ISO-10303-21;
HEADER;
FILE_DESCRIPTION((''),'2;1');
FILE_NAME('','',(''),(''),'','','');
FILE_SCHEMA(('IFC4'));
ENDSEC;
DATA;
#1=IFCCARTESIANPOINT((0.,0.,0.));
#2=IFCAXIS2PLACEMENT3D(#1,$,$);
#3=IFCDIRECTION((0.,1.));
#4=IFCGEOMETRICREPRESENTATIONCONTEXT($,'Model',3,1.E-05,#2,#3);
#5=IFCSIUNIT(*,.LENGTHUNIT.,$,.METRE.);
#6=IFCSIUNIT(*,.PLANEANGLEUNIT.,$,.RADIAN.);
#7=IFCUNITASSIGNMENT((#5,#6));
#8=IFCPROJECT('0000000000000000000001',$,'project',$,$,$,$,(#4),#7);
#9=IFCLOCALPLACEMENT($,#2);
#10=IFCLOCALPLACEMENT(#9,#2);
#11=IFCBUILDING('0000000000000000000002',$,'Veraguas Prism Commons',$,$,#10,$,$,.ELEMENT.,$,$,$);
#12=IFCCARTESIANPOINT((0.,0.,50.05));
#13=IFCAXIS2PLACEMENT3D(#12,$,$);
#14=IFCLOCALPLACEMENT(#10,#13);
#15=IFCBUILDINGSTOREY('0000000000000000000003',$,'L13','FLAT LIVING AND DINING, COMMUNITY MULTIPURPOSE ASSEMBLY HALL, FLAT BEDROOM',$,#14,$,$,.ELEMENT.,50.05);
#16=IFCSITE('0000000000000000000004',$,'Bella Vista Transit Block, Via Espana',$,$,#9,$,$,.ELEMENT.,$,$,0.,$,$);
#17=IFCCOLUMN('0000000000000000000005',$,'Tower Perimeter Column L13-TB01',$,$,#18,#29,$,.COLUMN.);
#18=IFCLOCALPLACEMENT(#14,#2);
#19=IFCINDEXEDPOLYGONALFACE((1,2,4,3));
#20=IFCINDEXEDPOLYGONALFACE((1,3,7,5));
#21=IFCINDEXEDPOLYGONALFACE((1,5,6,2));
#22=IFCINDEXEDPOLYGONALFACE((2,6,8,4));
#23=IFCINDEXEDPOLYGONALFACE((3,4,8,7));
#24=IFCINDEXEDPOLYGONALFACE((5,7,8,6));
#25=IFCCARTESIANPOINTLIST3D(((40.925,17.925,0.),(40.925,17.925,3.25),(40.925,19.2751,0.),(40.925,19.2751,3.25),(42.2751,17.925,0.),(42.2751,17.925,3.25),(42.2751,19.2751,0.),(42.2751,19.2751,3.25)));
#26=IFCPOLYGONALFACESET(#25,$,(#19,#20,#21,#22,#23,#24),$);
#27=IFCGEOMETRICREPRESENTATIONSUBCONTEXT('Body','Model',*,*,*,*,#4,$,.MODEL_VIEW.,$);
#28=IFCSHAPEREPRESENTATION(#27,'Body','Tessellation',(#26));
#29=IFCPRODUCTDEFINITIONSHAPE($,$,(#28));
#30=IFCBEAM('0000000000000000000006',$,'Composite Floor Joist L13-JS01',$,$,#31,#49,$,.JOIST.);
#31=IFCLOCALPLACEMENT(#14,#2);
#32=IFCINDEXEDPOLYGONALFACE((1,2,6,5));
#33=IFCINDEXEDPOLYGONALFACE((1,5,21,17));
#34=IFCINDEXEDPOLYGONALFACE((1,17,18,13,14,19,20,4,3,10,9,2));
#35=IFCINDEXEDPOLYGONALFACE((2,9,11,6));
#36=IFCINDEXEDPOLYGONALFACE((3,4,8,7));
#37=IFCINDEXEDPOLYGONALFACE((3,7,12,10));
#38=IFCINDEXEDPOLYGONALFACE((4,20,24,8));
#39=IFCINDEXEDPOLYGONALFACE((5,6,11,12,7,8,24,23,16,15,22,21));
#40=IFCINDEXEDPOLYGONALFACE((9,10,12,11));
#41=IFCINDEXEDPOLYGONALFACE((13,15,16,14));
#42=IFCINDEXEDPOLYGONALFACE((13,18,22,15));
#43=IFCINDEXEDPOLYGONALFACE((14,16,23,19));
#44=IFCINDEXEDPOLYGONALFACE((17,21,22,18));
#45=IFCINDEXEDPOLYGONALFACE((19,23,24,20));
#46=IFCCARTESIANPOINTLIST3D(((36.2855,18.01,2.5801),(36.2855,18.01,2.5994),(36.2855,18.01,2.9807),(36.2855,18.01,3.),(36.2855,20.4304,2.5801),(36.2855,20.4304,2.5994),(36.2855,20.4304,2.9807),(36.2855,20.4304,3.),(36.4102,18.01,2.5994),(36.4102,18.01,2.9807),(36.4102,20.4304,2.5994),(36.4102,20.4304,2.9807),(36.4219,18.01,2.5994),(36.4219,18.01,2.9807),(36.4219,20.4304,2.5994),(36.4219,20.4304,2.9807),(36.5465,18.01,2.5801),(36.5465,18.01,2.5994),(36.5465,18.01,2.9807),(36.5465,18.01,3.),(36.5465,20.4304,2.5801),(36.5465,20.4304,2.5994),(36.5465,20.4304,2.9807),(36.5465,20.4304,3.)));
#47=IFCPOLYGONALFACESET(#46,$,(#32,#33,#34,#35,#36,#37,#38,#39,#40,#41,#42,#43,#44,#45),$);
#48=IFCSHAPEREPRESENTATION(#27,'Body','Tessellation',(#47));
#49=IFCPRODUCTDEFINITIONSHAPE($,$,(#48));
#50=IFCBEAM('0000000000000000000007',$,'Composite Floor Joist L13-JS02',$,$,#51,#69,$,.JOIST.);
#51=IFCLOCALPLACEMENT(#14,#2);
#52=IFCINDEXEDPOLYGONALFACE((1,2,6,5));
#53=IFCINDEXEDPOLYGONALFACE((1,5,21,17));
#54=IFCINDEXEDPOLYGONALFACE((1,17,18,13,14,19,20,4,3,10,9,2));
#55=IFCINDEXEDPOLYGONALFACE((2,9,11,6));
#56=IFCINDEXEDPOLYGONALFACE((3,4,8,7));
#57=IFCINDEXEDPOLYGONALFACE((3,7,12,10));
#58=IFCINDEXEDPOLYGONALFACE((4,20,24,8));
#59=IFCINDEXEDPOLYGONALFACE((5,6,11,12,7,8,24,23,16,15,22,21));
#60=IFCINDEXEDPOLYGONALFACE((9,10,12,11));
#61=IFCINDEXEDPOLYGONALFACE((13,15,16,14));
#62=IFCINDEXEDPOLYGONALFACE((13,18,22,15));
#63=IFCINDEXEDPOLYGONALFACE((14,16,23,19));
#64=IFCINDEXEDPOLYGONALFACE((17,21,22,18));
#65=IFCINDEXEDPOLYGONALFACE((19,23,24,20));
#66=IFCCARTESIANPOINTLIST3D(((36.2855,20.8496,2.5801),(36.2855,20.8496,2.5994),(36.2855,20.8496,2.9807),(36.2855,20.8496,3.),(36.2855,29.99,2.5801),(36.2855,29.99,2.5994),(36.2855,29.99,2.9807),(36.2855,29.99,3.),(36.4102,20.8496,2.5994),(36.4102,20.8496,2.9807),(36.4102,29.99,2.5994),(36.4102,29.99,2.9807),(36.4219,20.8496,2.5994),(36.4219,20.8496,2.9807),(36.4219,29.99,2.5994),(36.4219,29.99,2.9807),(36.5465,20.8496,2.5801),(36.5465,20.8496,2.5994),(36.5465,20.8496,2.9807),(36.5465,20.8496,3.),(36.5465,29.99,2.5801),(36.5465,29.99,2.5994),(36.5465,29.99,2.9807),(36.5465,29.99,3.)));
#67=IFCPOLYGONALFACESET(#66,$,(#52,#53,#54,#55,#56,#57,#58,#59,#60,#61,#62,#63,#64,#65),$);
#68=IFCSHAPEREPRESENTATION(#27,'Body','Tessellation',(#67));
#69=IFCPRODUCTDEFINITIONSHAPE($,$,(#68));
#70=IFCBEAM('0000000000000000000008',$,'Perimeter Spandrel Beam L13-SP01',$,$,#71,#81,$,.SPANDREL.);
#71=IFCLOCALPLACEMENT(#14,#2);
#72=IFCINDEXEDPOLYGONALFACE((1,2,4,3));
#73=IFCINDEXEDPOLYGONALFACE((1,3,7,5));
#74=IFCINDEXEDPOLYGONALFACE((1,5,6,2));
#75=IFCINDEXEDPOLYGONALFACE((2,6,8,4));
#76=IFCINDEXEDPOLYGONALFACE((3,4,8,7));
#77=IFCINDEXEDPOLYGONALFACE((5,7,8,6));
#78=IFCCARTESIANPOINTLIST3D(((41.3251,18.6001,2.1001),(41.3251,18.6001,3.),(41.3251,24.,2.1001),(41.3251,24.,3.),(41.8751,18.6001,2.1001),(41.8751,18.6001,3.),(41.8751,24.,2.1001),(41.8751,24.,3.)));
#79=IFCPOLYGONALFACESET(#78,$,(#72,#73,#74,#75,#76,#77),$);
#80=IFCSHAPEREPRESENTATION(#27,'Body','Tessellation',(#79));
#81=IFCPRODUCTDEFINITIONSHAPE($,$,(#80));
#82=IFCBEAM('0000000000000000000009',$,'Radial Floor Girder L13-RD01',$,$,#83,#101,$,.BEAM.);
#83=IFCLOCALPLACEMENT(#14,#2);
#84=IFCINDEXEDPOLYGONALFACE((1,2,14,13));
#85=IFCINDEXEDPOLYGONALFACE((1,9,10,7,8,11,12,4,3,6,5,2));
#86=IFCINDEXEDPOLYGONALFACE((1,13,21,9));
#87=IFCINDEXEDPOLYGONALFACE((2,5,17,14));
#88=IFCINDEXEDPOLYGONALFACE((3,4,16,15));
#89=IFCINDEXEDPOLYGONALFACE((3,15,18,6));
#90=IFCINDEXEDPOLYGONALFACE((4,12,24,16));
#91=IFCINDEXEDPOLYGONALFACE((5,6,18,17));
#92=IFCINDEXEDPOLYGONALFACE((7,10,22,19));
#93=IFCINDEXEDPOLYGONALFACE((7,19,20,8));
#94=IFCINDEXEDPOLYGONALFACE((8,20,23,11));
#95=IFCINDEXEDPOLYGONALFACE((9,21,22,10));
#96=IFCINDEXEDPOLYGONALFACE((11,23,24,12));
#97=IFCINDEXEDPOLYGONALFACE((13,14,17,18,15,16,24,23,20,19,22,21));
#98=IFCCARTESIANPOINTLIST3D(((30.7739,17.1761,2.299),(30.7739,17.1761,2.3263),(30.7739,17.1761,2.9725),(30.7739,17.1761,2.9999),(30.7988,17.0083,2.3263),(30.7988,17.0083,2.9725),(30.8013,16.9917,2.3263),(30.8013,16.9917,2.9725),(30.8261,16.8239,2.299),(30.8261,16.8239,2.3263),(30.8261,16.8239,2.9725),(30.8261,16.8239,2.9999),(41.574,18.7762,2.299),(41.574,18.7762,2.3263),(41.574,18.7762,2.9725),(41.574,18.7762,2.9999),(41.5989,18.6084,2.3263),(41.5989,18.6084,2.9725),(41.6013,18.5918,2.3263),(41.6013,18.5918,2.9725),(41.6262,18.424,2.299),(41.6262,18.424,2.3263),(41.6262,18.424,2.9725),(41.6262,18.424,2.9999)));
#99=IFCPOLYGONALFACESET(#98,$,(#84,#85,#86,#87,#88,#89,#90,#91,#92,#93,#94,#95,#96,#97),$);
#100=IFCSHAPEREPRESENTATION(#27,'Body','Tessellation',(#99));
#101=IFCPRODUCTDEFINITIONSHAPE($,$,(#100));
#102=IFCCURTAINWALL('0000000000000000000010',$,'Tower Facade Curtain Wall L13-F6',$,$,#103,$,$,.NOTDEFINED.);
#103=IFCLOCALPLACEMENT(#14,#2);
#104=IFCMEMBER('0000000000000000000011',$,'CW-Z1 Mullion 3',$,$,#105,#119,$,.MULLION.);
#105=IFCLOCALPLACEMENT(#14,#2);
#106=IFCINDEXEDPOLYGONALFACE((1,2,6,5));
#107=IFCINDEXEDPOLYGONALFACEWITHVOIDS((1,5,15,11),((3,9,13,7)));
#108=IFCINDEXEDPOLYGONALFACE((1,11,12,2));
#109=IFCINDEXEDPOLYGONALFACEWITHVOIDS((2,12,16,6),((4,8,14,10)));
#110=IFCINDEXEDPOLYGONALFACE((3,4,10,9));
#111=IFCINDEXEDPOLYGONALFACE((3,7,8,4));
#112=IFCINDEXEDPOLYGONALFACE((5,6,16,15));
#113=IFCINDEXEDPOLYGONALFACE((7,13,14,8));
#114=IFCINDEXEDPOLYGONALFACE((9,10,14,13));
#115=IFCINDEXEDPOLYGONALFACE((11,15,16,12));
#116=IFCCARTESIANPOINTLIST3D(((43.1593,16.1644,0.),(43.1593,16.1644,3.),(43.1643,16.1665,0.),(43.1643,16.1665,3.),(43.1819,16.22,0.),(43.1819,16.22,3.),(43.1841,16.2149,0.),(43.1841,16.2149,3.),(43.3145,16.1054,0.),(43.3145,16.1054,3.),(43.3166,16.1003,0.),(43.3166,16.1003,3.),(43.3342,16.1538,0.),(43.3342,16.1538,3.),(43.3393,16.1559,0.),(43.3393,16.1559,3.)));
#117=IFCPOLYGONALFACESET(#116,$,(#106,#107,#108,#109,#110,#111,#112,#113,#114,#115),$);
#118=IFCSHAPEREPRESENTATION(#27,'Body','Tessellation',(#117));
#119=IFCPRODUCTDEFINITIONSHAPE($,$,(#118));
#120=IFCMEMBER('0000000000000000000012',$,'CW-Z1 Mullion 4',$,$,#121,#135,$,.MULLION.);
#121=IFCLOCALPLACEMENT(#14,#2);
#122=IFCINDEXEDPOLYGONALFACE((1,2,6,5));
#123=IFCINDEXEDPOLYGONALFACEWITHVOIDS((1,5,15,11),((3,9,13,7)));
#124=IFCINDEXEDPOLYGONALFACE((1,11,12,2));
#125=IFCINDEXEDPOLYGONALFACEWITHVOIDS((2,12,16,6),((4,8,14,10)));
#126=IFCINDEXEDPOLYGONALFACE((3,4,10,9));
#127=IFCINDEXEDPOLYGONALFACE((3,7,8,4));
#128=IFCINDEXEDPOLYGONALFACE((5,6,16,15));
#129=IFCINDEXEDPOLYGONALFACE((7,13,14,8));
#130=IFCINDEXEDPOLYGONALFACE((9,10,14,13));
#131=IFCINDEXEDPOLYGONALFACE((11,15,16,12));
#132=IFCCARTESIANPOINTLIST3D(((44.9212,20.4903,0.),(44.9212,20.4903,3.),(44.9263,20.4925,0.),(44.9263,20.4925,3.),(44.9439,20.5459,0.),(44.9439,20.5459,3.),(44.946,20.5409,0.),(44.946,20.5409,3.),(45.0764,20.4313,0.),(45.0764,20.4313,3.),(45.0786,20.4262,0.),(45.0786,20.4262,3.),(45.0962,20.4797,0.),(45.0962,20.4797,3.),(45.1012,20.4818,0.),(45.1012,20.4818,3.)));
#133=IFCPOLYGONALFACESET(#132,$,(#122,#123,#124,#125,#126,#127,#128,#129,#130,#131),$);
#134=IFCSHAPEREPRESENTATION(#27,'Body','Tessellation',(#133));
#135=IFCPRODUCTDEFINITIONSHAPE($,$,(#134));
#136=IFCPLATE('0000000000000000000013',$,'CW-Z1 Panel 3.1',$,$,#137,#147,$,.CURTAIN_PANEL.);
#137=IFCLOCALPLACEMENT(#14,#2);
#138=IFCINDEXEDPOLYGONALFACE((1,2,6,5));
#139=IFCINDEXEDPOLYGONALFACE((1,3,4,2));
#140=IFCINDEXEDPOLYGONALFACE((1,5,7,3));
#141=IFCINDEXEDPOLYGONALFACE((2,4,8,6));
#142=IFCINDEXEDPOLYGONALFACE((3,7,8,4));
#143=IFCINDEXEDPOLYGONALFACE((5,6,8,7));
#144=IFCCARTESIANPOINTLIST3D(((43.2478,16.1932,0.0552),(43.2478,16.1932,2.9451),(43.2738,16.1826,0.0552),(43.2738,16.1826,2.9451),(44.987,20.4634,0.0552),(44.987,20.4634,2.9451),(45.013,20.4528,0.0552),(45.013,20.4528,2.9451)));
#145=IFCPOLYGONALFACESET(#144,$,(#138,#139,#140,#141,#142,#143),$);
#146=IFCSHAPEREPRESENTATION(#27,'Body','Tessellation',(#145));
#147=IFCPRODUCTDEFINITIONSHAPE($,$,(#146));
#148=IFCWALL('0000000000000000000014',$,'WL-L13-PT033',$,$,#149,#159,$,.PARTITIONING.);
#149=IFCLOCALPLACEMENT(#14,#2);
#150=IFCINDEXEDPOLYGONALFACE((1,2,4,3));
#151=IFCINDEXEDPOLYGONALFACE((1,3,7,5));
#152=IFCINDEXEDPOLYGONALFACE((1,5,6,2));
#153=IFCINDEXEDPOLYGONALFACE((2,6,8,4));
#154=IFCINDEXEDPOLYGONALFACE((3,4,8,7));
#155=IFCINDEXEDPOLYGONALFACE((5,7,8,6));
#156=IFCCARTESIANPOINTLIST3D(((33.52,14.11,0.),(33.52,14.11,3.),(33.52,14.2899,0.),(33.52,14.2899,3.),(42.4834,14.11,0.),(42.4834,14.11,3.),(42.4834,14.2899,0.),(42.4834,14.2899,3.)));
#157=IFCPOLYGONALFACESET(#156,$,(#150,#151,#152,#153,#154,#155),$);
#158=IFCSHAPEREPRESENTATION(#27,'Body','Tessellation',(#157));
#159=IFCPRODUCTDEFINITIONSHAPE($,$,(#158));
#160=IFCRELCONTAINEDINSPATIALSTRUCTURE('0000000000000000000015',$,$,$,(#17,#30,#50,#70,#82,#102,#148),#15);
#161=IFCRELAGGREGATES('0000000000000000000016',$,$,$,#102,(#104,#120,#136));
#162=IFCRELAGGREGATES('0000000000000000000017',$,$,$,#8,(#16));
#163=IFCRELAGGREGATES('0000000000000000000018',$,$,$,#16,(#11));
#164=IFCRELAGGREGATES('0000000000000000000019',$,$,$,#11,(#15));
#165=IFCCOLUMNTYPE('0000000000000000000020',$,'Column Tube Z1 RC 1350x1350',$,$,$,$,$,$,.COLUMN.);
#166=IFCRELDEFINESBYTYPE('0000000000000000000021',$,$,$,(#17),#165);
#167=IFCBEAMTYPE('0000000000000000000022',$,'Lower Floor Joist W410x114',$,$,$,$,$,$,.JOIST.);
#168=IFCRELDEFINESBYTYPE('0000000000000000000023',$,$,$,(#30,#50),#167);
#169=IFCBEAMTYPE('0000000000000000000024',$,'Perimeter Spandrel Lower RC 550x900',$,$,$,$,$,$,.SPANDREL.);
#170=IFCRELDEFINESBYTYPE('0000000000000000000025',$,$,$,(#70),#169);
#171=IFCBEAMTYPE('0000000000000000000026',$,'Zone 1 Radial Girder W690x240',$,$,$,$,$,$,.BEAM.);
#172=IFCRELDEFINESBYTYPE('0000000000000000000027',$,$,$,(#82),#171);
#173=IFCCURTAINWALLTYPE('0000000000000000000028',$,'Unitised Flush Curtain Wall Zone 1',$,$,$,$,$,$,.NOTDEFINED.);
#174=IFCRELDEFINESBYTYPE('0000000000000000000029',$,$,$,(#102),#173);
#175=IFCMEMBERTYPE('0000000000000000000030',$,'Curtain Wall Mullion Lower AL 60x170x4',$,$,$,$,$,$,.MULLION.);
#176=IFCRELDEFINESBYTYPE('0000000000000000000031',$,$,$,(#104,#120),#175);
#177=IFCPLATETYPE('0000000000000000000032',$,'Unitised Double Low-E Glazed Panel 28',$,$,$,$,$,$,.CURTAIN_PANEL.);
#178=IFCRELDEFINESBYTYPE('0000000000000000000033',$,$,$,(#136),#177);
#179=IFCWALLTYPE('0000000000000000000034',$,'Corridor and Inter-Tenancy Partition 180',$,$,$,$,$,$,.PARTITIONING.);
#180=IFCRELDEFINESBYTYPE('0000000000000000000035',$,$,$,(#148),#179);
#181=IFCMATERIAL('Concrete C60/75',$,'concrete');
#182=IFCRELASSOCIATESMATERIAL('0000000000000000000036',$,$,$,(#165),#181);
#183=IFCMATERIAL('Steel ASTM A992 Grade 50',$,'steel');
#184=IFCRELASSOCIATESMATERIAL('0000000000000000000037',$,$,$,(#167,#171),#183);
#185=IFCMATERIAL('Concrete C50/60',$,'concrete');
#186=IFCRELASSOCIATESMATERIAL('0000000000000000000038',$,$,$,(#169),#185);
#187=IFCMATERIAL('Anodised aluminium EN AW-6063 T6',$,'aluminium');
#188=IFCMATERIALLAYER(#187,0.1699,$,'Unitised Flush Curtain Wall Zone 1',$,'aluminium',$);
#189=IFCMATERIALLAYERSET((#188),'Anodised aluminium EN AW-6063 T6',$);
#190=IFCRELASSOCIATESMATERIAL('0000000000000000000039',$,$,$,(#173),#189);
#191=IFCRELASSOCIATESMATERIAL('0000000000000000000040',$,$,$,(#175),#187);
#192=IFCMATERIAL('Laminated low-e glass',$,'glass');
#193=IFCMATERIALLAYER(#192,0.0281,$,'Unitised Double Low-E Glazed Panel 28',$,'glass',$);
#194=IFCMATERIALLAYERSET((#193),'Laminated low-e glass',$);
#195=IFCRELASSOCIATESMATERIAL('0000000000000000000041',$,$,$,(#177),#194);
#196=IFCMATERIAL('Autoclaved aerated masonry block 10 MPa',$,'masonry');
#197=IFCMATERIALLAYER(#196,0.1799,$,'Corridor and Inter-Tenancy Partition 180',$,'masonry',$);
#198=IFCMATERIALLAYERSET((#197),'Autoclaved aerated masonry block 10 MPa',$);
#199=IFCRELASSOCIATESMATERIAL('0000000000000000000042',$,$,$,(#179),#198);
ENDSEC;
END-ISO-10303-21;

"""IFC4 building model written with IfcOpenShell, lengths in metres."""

from ifc_helpers import new_model, si_unit, direction, frame, frame_2d, origin, origin_2d, place, context, subcontext, project, spatial, rectangle, hollow_rectangle, i_section, extrude, source, transform, mapped, material, layer, layer_set, material_profile, profile_set, type_object, element, aggregate, save


model = new_model("IFC4")

# Units and contexts
model_context = context("Model", 3, precision=1e-05, world=origin(), true_north=direction((0.0, 1.0)))
body_context = subcontext(model_context, "Body", "Model", "MODEL_VIEW")
ifc_project = project(units=[si_unit("LENGTHUNIT", "METRE"), si_unit("PLANEANGLEUNIT", "RADIAN")], contexts=[model_context])

# Site, building, storey
site_placement = place(None, origin())
site = spatial("IfcSite", under=ifc_project, at=site_placement, Name="Bella Vista Transit Block, Via Espana", CompositionType="ELEMENT", RefElevation=0.0)
building_placement = place(site_placement, origin())
building = spatial("IfcBuilding", under=site, at=building_placement, Name="Veraguas Prism Commons", CompositionType="ELEMENT")
storey_placement = place(building_placement, frame((0.0, 0.0, 50.05)))
storey = spatial("IfcBuildingStorey", under=building, at=storey_placement, Name="L13", Description="FLAT LIVING AND DINING, COMMUNITY MULTIPURPOSE ASSEMBLY HALL, FLAT BEDROOM", CompositionType="ELEMENT", Elevation=50.05)

# Column
ifc_material_1 = material(Name="Concrete C60/75", Category="concrete")
ifc_material_profile_1 = material_profile(ifc_material_1, rectangle(XDim=1.3501, YDim=1.3501, at=origin_2d()), Name="RC1350X1350")
ifc_profile_set_1 = profile_set([ifc_material_profile_1], Name="Concrete C60/75")
column_type = type_object("IfcColumnType", Name="Column Tube Z1 RC 1350x1350", PredefinedType="COLUMN", material=ifc_profile_set_1)
column_placement = place(storey_placement, frame((41.6001, 18.6001, 0.0), z_axis=(0.0, 0.0, 1.0), x_axis=(1.0, 0.0, 0.0)))
element("IfcColumn", 1, at=column_placement, inside=storey, type_object=column_type, Name="Tower Perimeter Column L13-TB01", PredefinedType="COLUMN", context=body_context, shape_type="SweptSolid", body=[
    extrude(rectangle(XDim=1.3501, YDim=1.3501, at=origin_2d()), origin(), (0.0, 0.0, 1.0), 3.25),
])

# Beams
ifc_material_2 = material(Name="Steel ASTM A992 Grade 50", Category="steel")
ifc_material_profile_2 = material_profile(ifc_material_2, i_section(OverallWidth=0.261, OverallDepth=0.4199, WebThickness=0.0117, FlangeThickness=0.0193, at=origin_2d()), Name="W410X114")
ifc_profile_set_2 = profile_set([ifc_material_profile_2], Name="Steel ASTM A992 Grade 50")
beam_type_1 = type_object("IfcBeamType", Name="Lower Floor Joist W410x114", PredefinedType="JOIST", material=ifc_profile_set_2)
beam_1_placement = place(storey_placement, frame((36.416, 18.01, 2.79), z_axis=(0.0, 1.0, 0.0), x_axis=(-1.0, 0.0, 0.0)))
element("IfcBeam", 2, at=beam_1_placement, inside=storey, type_object=beam_type_1, Name="Composite Floor Joist L13-JS01", PredefinedType="JOIST", context=body_context, shape_type="SweptSolid", body=[
    extrude(i_section(OverallWidth=0.261, OverallDepth=0.4199, WebThickness=0.0117, FlangeThickness=0.0193, at=origin_2d()), origin(), (0.0, 0.0, 1.0), 2.4204),
])
beam_2_placement = place(storey_placement, frame((36.416, 20.8496, 2.79), z_axis=(0.0, 1.0, 0.0), x_axis=(-1.0, 0.0, 0.0)))
element("IfcBeam", 3, at=beam_2_placement, inside=storey, type_object=beam_type_1, Name="Composite Floor Joist L13-JS02", PredefinedType="JOIST", context=body_context, shape_type="SweptSolid", body=[
    extrude(i_section(OverallWidth=0.261, OverallDepth=0.4199, WebThickness=0.0117, FlangeThickness=0.0193, at=origin_2d()), origin(), (0.0, 0.0, 1.0), 9.1404),
])
ifc_material_3 = material(Name="Concrete C50/60", Category="concrete")
ifc_material_profile_3 = material_profile(ifc_material_3, rectangle(XDim=0.55, YDim=0.8999, at=origin_2d()), Name="RC550X900")
ifc_profile_set_3 = profile_set([ifc_material_profile_3], Name="Concrete C50/60")
beam_type_2 = type_object("IfcBeamType", Name="Perimeter Spandrel Lower RC 550x900", PredefinedType="SPANDREL", material=ifc_profile_set_3)
beam_3_placement = place(storey_placement, frame((41.6001, 18.6001, 2.55), z_axis=(0.0, 1.0, 0.0), x_axis=(-1.0, 0.0, 0.0)))
element("IfcBeam", 4, at=beam_3_placement, inside=storey, type_object=beam_type_2, Name="Perimeter Spandrel Beam L13-SP01", PredefinedType="SPANDREL", context=body_context, shape_type="SweptSolid", body=[
    extrude(rectangle(XDim=0.55, YDim=0.8999, at=origin_2d()), origin(), (0.0, 0.0, 1.0), 5.3999),
])
ifc_material_profile_4 = material_profile(ifc_material_2, i_section(OverallWidth=0.356, OverallDepth=0.7009, WebThickness=0.0168, FlangeThickness=0.0273, at=origin_2d()), Name="W690X240")
ifc_profile_set_4 = profile_set([ifc_material_profile_4], Name="Steel ASTM A992 Grade 50")
beam_type_3 = type_object("IfcBeamType", Name="Zone 1 Radial Girder W690x240", PredefinedType="BEAM", material=ifc_profile_set_4)
beam_4_placement = place(storey_placement, frame((41.6001, 18.6001, 2.6494), z_axis=(-0.989202, -0.146557, 0.0), x_axis=(0.146557, -0.989202, 0.0)))
element("IfcBeam", 5, at=beam_4_placement, inside=storey, type_object=beam_type_3, Name="Radial Floor Girder L13-RD01", PredefinedType="BEAM", context=body_context, shape_type="SweptSolid", body=[
    extrude(i_section(OverallWidth=0.356, OverallDepth=0.7009, WebThickness=0.0168, FlangeThickness=0.0273, at=origin_2d()), origin(), (0.0, 0.0, 1.0), 10.918),
])

# Curtain wall, members, plate
ifc_material_4 = material(Name="Anodised aluminium EN AW-6063 T6", Category="aluminium")
ifc_layer_1 = layer(ifc_material_4, 0.1699, Name="Unitised Flush Curtain Wall Zone 1", Category="aluminium")
ifc_layer_set_1 = layer_set([ifc_layer_1], Name="Anodised aluminium EN AW-6063 T6")
curtain_wall_type = type_object("IfcCurtainWallType", Name="Unitised Flush Curtain Wall Zone 1", PredefinedType="NOTDEFINED", material=ifc_layer_set_1)
curtain_wall_placement = place(storey_placement, origin())
curtain_wall = element("IfcCurtainWall", 6, at=curtain_wall_placement, inside=storey, type_object=curtain_wall_type, Name="Tower Facade Curtain Wall L13-F6", PredefinedType="NOTDEFINED")
ifc_material_profile_5 = material_profile(ifc_material_4, hollow_rectangle(XDim=0.0601, YDim=0.1699, WallThickness=0.0039, at=origin_2d()), Name="AL60X170X4")
ifc_profile_set_5 = profile_set([ifc_material_profile_5], Name="Anodised aluminium EN AW-6063 T6")
member_type = type_object("IfcMemberType", Name="Curtain Wall Mullion Lower AL 60x170x4", PredefinedType="MULLION", material=ifc_profile_set_5)
shared_shape_1 = source(origin(), body_context, "Body", "SweptSolid", [
    extrude(hollow_rectangle(XDim=0.0601, YDim=0.1699, WallThickness=0.0039, at=origin_2d()), origin(), (0.0, 0.0, 1.0), 3.0),
])
member_1_placement = place(storey_placement, frame((43.2493, 16.1602, 0.0), z_axis=(0.0, 0.0, 1.0), x_axis=(0.377198, 0.926133, 0.0)))
member_1 = element("IfcMember", 7, at=member_1_placement, type_object=member_type, Name="CW-Z1 Mullion 3", PredefinedType="MULLION", context=body_context, shape_type="MappedRepresentation", body=[
    mapped(shared_shape_1, transform((0.0, 0.0, 0.0), scale=1.0)),
])
member_2_placement = place(storey_placement, frame((45.0112, 20.4861, 0.0), z_axis=(0.0, 0.0, 1.0), x_axis=(0.377198, 0.926133, 0.0)))
member_2 = element("IfcMember", 8, at=member_2_placement, type_object=member_type, Name="CW-Z1 Mullion 4", PredefinedType="MULLION", context=body_context, shape_type="MappedRepresentation", body=[
    mapped(shared_shape_1, transform((0.0, 0.0, 0.0), scale=1.0)),
])
ifc_material_5 = material(Name="Laminated low-e glass", Category="glass")
ifc_layer_2 = layer(ifc_material_5, 0.0281, Name="Unitised Double Low-E Glazed Panel 28", Category="glass")
ifc_layer_set_2 = layer_set([ifc_layer_2], Name="Laminated low-e glass")
plate_type = type_object("IfcPlateType", Name="Unitised Double Low-E Glazed Panel 28", PredefinedType="CURTAIN_PANEL", material=ifc_layer_set_2)
shared_shape_2 = source(origin(), body_context, "Body", "SweptSolid", [
    extrude(rectangle(XDim=4.6108, YDim=0.0281, at=origin_2d()), origin(), (0.0, 0.0, 1.0), 2.8899),
])
plate_placement = place(storey_placement, frame((44.1304, 18.323, 0.0552), z_axis=(0.0, 0.0, 1.0), x_axis=(0.377198, 0.926133, 0.0)))
plate = element("IfcPlate", 9, at=plate_placement, type_object=plate_type, Name="CW-Z1 Panel 3.1", PredefinedType="CURTAIN_PANEL", context=body_context, shape_type="MappedRepresentation", body=[
    mapped(shared_shape_2, transform((0.0, 0.0, 0.0), scale=1.0)),
])
aggregate(curtain_wall, [member_1, member_2, plate])

# Wall
ifc_material_6 = material(Name="Autoclaved aerated masonry block 10 MPa", Category="masonry")
ifc_layer_3 = layer(ifc_material_6, 0.1799, Name="Corridor and Inter-Tenancy Partition 180", Category="masonry")
ifc_layer_set_3 = layer_set([ifc_layer_3], Name="Autoclaved aerated masonry block 10 MPa")
wall_type_1 = type_object("IfcWallType", Name="Corridor and Inter-Tenancy Partition 180", PredefinedType="PARTITIONING", material=ifc_layer_set_3)
wall_1_placement = place(storey_placement, frame((33.52, 14.2, 0.0), z_axis=(0.0, 0.0, 1.0), x_axis=(1.0, 0.0, 0.0)))
element("IfcWall", 10, at=wall_1_placement, inside=storey, type_object=wall_type_1, Name="WL-L13-PT033", PredefinedType="PARTITIONING", context=body_context, shape_type="SweptSolid", body=[
    extrude(rectangle(XDim=8.9634, YDim=0.1799, at=frame_2d((4.4817, 0.0))), origin(), (0.0, 0.0, 1.0), 3.0),
])

save(model, "model.ifc")
